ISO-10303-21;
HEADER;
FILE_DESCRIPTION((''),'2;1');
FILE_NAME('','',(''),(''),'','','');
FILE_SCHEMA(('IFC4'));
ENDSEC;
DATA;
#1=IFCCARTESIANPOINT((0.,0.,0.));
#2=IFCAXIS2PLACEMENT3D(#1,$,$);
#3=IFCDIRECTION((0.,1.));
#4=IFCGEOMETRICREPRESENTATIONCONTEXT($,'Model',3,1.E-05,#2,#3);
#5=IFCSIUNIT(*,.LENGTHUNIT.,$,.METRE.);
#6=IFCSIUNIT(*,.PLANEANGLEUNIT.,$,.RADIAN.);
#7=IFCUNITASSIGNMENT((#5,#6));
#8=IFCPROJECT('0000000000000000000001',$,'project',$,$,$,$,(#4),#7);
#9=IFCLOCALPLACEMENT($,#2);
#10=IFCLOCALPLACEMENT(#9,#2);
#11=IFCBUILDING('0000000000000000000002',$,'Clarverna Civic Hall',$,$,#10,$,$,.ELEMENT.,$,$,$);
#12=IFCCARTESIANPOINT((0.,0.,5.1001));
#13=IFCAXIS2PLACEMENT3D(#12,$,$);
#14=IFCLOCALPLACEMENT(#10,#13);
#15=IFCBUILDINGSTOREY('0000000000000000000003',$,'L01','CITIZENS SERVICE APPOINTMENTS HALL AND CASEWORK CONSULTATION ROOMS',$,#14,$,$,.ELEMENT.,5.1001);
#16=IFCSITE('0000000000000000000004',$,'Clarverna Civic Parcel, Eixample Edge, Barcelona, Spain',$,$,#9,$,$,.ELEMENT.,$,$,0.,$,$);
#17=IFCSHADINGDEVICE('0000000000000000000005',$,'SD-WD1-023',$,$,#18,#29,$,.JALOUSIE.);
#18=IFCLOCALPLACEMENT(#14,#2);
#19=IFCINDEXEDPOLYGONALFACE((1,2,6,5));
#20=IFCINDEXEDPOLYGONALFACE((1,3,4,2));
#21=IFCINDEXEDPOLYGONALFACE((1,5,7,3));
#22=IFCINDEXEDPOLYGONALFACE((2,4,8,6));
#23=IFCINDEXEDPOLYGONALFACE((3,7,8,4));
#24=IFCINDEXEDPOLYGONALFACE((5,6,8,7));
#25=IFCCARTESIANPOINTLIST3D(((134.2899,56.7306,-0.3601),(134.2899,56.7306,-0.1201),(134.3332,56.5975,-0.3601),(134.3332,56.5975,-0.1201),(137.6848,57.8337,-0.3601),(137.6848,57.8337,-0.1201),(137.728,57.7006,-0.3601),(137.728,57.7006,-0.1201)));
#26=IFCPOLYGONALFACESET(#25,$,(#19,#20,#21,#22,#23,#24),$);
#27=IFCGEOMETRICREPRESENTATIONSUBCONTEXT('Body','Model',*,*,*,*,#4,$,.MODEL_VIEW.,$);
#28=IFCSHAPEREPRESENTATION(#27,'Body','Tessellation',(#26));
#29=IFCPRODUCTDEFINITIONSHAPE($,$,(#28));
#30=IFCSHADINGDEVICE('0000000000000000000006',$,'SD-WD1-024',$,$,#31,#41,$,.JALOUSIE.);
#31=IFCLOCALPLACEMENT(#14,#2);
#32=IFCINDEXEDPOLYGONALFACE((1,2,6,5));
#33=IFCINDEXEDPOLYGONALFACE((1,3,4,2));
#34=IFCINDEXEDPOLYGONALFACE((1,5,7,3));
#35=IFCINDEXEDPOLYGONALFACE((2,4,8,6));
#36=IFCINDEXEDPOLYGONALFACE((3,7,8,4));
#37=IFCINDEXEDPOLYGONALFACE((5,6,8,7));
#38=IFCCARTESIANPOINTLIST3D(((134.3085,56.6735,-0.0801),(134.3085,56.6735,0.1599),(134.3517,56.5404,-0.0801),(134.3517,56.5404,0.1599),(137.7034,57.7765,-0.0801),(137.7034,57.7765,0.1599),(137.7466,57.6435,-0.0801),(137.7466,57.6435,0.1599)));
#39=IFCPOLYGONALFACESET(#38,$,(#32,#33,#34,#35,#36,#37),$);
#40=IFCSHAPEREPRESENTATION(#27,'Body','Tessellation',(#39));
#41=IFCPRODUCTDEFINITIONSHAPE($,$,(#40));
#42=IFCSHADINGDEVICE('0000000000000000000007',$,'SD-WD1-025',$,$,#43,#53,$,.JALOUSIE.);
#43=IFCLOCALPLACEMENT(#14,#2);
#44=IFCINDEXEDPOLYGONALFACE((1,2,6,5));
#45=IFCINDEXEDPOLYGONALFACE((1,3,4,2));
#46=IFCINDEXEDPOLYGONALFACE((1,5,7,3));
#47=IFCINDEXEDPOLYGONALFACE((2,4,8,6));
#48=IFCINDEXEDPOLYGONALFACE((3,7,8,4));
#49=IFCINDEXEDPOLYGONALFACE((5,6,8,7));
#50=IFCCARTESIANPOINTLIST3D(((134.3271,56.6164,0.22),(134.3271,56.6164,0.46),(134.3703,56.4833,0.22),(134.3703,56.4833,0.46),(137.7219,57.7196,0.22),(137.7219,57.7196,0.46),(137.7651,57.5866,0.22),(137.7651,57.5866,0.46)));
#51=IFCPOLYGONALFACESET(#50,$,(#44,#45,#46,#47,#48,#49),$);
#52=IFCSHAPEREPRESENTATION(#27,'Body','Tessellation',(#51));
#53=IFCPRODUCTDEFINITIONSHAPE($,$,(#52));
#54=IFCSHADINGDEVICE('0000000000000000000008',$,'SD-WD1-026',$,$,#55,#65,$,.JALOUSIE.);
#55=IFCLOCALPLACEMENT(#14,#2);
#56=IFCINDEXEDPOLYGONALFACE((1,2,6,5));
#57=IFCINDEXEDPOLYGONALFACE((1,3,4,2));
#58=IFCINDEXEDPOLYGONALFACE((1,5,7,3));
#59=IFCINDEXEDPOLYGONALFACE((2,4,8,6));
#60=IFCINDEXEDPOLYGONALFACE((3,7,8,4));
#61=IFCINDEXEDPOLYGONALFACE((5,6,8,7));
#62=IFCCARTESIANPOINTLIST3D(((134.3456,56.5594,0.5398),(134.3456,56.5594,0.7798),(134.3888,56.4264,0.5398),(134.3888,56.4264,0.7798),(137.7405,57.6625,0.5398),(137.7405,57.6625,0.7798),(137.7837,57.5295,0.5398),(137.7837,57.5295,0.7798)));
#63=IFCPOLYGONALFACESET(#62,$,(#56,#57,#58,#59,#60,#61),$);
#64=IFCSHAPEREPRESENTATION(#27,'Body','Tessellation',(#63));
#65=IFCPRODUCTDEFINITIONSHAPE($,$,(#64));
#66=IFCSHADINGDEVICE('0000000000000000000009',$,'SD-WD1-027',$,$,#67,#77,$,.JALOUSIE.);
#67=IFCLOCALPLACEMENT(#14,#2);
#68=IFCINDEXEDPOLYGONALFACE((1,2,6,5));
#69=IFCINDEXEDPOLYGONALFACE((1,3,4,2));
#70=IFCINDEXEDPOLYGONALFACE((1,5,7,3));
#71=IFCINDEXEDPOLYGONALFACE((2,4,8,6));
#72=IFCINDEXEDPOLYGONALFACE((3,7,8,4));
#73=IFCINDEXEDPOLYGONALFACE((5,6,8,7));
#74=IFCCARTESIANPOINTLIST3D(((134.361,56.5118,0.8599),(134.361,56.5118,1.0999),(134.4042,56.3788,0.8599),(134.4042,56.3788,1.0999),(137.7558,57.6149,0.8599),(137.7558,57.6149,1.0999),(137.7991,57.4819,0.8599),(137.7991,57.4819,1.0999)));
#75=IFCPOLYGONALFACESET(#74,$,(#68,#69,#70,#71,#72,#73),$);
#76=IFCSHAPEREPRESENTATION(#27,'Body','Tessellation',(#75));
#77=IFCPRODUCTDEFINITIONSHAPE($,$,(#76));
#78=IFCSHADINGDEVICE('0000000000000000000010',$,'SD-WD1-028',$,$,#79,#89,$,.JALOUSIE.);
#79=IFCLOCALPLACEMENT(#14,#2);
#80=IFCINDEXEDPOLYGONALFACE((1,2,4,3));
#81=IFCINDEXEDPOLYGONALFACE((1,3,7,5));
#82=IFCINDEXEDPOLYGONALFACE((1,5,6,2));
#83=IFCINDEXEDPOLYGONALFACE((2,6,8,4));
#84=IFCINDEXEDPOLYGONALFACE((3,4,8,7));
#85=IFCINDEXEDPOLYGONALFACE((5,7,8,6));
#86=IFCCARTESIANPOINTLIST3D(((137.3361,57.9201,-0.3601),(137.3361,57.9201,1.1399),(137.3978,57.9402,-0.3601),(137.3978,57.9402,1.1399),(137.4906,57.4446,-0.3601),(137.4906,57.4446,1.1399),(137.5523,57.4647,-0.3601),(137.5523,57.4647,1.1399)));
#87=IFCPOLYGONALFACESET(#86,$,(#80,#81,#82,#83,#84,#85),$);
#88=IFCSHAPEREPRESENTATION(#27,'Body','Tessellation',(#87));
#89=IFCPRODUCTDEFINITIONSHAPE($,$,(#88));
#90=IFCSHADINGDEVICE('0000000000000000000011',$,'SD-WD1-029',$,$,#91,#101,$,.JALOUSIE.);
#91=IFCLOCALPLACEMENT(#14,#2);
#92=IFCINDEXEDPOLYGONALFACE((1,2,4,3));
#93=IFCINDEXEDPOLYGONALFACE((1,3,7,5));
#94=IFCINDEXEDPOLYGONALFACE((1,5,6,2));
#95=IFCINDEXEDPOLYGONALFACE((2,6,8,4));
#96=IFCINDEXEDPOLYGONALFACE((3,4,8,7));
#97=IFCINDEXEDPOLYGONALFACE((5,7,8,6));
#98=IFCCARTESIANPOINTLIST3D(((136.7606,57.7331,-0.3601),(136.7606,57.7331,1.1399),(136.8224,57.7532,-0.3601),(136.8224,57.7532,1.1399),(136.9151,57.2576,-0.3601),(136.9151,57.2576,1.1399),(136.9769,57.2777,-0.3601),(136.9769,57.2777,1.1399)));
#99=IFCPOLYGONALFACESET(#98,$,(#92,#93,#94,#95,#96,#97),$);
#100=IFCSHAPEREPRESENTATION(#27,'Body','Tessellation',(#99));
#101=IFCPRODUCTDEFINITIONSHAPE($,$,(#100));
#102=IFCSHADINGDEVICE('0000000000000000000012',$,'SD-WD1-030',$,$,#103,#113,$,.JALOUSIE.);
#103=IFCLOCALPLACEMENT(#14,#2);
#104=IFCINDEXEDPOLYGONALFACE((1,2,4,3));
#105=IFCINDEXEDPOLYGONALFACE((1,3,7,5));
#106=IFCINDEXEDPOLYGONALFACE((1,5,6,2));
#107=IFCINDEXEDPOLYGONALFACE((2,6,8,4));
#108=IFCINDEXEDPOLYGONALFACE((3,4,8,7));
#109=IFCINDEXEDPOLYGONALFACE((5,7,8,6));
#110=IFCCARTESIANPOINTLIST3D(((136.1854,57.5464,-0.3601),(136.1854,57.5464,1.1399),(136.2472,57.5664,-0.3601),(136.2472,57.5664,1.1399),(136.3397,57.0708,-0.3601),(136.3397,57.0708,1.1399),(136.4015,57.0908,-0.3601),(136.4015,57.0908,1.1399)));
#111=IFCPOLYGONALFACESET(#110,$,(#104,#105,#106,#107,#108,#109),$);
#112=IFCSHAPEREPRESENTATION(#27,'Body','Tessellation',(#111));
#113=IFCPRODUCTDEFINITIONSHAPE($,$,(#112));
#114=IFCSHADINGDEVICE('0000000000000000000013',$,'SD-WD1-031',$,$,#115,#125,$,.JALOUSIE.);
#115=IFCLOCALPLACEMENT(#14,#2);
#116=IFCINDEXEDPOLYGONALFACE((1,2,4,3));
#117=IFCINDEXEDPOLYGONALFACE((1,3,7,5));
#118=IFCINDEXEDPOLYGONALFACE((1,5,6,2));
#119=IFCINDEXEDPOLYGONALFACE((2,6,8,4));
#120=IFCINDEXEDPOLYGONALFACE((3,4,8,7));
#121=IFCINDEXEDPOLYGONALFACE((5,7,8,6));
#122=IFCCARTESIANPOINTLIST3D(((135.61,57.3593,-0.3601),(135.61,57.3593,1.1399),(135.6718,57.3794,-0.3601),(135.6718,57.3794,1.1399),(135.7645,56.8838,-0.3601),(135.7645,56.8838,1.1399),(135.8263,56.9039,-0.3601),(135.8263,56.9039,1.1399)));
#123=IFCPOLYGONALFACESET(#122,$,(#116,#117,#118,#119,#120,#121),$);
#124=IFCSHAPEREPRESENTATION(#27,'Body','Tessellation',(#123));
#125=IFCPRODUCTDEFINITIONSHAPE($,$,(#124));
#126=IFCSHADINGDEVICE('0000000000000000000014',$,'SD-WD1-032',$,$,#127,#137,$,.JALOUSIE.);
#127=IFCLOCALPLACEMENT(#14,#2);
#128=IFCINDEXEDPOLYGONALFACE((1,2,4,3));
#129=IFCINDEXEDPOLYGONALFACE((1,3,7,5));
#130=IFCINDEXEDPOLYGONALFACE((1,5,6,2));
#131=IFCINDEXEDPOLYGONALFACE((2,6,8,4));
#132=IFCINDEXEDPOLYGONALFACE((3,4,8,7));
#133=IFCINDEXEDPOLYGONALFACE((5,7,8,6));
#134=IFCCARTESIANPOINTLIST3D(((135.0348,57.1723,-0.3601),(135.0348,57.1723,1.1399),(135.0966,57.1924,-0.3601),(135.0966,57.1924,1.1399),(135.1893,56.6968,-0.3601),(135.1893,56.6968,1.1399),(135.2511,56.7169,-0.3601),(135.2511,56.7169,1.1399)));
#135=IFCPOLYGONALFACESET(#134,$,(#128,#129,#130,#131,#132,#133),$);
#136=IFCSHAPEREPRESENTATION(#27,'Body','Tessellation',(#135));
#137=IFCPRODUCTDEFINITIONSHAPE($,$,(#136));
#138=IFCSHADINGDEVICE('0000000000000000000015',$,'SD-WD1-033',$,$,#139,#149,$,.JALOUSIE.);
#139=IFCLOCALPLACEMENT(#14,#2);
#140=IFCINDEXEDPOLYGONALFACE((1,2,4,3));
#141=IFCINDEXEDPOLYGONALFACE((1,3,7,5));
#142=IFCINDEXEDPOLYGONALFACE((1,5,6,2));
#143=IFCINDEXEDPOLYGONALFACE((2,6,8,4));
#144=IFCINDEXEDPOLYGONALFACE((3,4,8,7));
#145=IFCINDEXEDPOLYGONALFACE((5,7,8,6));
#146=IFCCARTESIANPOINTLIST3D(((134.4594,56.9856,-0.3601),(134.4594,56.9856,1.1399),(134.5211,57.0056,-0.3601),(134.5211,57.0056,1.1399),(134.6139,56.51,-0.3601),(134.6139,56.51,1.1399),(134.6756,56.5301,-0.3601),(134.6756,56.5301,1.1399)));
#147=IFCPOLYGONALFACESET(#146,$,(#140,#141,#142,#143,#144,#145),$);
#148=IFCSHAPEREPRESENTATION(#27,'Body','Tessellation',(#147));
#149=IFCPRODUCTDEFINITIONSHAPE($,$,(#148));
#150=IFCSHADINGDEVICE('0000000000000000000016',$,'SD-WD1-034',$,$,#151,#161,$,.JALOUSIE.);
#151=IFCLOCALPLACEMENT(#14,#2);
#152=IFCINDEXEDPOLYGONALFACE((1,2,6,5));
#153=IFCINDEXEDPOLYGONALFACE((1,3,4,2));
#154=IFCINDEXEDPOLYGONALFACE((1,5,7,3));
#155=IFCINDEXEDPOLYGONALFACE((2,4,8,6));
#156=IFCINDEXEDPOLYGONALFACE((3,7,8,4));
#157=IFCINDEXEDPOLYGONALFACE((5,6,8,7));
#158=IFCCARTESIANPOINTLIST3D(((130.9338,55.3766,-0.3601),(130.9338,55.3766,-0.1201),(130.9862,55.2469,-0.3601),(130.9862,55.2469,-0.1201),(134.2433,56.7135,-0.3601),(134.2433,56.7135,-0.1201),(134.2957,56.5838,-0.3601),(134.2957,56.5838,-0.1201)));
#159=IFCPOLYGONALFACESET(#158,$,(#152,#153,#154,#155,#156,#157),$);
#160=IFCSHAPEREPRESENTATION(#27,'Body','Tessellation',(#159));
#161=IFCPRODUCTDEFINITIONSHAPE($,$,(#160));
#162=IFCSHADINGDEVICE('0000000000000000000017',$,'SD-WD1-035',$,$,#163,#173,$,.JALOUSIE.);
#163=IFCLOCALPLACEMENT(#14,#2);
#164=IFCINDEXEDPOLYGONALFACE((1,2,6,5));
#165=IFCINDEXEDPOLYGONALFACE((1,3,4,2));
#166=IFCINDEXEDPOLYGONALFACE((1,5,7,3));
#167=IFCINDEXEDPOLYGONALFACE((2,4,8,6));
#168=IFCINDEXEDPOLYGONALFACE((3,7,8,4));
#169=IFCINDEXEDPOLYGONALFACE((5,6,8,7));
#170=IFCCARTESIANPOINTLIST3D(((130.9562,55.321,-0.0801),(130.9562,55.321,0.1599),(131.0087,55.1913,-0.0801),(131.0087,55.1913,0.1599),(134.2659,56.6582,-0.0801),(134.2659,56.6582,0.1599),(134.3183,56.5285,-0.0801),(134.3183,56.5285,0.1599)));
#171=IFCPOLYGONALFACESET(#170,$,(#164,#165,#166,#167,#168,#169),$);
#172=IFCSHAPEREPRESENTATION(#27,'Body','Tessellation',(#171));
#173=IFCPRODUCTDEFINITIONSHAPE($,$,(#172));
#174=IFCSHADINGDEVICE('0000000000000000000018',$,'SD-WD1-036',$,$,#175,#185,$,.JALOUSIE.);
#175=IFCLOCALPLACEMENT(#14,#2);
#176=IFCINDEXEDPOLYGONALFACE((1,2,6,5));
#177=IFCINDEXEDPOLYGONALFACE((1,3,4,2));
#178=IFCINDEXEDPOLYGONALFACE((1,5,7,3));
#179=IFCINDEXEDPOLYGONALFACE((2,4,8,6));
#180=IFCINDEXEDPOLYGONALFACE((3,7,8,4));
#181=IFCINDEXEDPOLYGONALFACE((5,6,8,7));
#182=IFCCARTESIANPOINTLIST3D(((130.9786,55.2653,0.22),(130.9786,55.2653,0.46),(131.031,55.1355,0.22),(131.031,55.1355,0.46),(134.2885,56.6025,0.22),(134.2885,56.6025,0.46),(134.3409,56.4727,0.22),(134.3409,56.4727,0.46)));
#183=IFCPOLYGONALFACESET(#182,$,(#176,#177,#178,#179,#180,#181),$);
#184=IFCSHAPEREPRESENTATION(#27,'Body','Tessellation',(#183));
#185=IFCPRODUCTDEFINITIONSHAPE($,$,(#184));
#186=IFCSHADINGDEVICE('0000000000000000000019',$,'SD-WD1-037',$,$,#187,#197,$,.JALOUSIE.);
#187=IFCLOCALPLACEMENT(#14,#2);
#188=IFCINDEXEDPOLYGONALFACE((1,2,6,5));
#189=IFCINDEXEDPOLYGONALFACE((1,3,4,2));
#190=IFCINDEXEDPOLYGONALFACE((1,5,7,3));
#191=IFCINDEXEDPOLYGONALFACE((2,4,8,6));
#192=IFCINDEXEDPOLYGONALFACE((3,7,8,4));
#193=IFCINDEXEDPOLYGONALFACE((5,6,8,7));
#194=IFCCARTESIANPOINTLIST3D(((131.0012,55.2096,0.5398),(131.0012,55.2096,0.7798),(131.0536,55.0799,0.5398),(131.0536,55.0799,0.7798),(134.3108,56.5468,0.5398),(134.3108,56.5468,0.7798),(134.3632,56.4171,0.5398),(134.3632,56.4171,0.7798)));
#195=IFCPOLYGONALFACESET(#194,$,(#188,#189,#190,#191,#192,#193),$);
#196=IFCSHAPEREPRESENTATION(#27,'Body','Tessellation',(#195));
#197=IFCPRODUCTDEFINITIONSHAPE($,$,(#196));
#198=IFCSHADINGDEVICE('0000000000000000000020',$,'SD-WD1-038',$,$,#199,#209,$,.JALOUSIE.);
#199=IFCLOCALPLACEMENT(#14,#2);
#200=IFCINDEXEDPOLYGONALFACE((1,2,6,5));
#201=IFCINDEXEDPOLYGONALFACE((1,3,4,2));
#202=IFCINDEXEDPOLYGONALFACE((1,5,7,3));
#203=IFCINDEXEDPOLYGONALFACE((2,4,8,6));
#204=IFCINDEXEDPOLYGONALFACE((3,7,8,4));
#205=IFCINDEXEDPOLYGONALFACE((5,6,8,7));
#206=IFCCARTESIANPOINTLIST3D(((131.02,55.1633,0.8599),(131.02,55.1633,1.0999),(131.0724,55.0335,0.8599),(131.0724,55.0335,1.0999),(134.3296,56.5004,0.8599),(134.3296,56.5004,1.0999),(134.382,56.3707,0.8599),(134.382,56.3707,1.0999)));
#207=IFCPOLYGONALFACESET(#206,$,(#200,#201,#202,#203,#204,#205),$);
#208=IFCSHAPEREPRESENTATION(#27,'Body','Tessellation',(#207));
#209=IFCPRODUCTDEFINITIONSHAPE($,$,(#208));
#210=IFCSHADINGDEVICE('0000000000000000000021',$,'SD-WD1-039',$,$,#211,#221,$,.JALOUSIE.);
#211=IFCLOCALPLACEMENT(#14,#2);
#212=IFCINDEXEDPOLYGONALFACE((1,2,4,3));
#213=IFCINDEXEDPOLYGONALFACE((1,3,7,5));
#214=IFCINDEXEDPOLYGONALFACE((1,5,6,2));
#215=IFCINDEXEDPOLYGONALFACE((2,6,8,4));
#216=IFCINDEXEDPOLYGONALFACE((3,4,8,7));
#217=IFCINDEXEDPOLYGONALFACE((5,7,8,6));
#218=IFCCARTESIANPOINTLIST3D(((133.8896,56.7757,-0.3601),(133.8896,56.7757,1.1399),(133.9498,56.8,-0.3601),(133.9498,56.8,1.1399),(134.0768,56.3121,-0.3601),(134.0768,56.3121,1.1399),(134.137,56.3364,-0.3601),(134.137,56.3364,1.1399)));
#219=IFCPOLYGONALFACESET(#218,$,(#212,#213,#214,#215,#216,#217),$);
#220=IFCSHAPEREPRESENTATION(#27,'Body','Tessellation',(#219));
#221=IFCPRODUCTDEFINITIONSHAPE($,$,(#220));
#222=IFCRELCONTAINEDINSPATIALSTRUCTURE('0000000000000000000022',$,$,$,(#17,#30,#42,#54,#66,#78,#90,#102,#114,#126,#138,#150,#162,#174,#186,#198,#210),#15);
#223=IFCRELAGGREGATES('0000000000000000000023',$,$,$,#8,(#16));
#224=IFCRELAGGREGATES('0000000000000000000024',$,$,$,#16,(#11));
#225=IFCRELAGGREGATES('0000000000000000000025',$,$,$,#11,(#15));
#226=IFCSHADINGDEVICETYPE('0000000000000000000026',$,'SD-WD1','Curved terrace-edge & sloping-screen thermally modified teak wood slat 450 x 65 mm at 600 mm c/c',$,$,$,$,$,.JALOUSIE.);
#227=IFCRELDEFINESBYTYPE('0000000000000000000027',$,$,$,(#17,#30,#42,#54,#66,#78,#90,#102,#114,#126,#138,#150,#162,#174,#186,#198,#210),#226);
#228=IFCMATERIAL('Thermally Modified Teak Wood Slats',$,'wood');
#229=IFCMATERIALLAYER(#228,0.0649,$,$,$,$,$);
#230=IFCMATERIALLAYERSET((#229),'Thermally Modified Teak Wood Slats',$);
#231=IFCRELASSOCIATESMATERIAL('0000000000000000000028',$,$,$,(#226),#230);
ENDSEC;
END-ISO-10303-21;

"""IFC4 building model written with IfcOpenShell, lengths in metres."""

from ifc_helpers import new_model, si_unit, direction, frame, frame_2d, origin, place, context, subcontext, project, spatial, rectangle, extrude, material, layer, layer_set, type_object, element, save


model = new_model("IFC4")

# Units and contexts
model_context = context("Model", 3, precision=1e-05, world=origin(), true_north=direction((0.0, 1.0)))
body_context = subcontext(model_context, "Body", "Model", "MODEL_VIEW")
ifc_project = project(units=[si_unit("LENGTHUNIT", "METRE"), si_unit("PLANEANGLEUNIT", "RADIAN")], contexts=[model_context])

# Site, building, storey
site_placement = place(None, origin())
site = spatial("IfcSite", under=ifc_project, at=site_placement, Name="Clarverna Civic Parcel, Eixample Edge, Barcelona, Spain", CompositionType="ELEMENT", RefElevation=0.0)
building_placement = place(site_placement, origin())
building = spatial("IfcBuilding", under=site, at=building_placement, Name="Clarverna Civic Hall", CompositionType="ELEMENT")
storey_placement = place(building_placement, frame((0.0, 0.0, 5.1001)))
storey = spatial("IfcBuildingStorey", under=building, at=storey_placement, Name="L01", Description="CITIZENS SERVICE APPOINTMENTS HALL AND CASEWORK CONSULTATION ROOMS", CompositionType="ELEMENT", Elevation=5.1001)

# Shading devices
ifc_material_1 = material(Name="Thermally Modified Teak Wood Slats", Category="wood")
ifc_layer_1 = layer(ifc_material_1, 0.0649)
ifc_layer_set_1 = layer_set([ifc_layer_1], Name="Thermally Modified Teak Wood Slats")
shading_device_type = type_object("IfcShadingDeviceType", Name="SD-WD1", Description="Curved terrace-edge & sloping-screen thermally modified teak wood slat 450 x 65 mm at 600 mm c/c", PredefinedType="JALOUSIE", material=ifc_layer_set_1)
for number, where, z_axis, x_axis, name in (
    (1, (137.7063, 57.7671, -0.3601), (0.0, 0.0, 1.0), (-0.951057, -0.309016, 0.0), "SD-WD1-023"),
    (2, (137.7249, 57.71, -0.0801), (0.0, 0.0, 1.0), (-0.951057, -0.309016, 0.0), "SD-WD1-024"),
    (3, (137.7434, 57.6531, 0.22), (0.0, 0.0, 1.0), (-0.951037, -0.309078, 0.0), "SD-WD1-025"),
    (4, (137.762, 57.5959, 0.5398), (0.0, 0.0, 1.0), (-0.951057, -0.309016, 0.0), "SD-WD1-026"),
    (5, (137.7773, 57.5483, 0.8599), (0.0, 0.0, 1.0), (-0.951057, -0.309016, 0.0), "SD-WD1-027"),
):
    element("IfcShadingDevice", number, at=place(storey_placement, frame(where, z_axis=z_axis, x_axis=x_axis)), inside=storey, type_object=shading_device_type, Name=name, PredefinedType="JALOUSIE", context=body_context, shape_type="SweptSolid", body=[
        extrude(rectangle(XDim=3.5696, YDim=0.1399, at=frame_2d((1.7847, 0.0))), origin(), (0.0, 0.0, 1.0), 0.24),
    ])
for number, where, z_axis, x_axis, name in (
    (6, (137.3669, 57.9302, -0.3601), (0.0, 0.0, 1.0), (0.309042, -0.951048, 0.0), "SD-WD1-028"),
    (7, (136.7915, 57.7432, -0.3601), (0.0, 0.0, 1.0), (0.309042, -0.951048, 0.0), "SD-WD1-029"),
    (8, (136.2163, 57.5564, -0.3601), (0.0, 0.0, 1.0), (0.3086, -0.951192, 0.0), "SD-WD1-030"),
    (9, (135.6409, 57.3694, -0.3601), (0.0, 0.0, 1.0), (0.309042, -0.951048, 0.0), "SD-WD1-031"),
    (10, (135.0657, 57.1824, -0.3601), (0.0, 0.0, 1.0), (0.309042, -0.951048, 0.0), "SD-WD1-032"),
    (11, (134.4902, 56.9956, -0.3601), (0.0, 0.0, 1.0), (0.309042, -0.951048, 0.0), "SD-WD1-033"),
):
    element("IfcShadingDevice", number, at=place(storey_placement, frame(where, z_axis=z_axis, x_axis=x_axis)), inside=storey, type_object=shading_device_type, Name=name, PredefinedType="JALOUSIE", context=body_context, shape_type="SweptSolid", body=[
        extrude(rectangle(XDim=0.5, YDim=0.0649, at=frame_2d((0.25, 0.0))), origin(), (0.0, 0.0, 1.0), 1.5),
    ])
shading_device_1_placement = place(storey_placement, frame((134.2695, 56.6487, -0.3601), z_axis=(0.0, 0.0, 1.0), x_axis=(-0.927207, -0.374549, 0.0)))
element("IfcShadingDevice", 12, at=shading_device_1_placement, inside=storey, type_object=shading_device_type, Name="SD-WD1-034", PredefinedType="JALOUSIE", context=body_context, shape_type="SweptSolid", body=[
    extrude(rectangle(XDim=3.5693, YDim=0.1399, at=frame_2d((1.7847, 0.0))), origin(), (0.0, 0.0, 1.0), 0.24),
])
shading_device_2_placement = place(storey_placement, frame((134.292, 56.5933, -0.0801), z_axis=(0.0, 0.0, 1.0), x_axis=(-0.927183, -0.374608, 0.0)))
element("IfcShadingDevice", 13, at=shading_device_2_placement, inside=storey, type_object=shading_device_type, Name="SD-WD1-035", PredefinedType="JALOUSIE", context=body_context, shape_type="SweptSolid", body=[
    extrude(rectangle(XDim=3.5696, YDim=0.1399, at=frame_2d((1.7847, 0.0))), origin(), (0.0, 0.0, 1.0), 0.24),
])
shading_device_3_placement = place(storey_placement, frame((134.3147, 56.5376, 0.22), z_axis=(0.0, 0.0, 1.0), x_axis=(-0.927193, -0.374584, 0.0)))
element("IfcShadingDevice", 14, at=shading_device_3_placement, inside=storey, type_object=shading_device_type, Name="SD-WD1-036", PredefinedType="JALOUSIE", context=body_context, shape_type="SweptSolid", body=[
    extrude(rectangle(XDim=3.5698, YDim=0.1399, at=frame_2d((1.7849, 0.0))), origin(), (0.0, 0.0, 1.0), 0.24),
])
for number, where, z_axis, x_axis, name in (
    (15, (134.3369, 56.4819, 0.5398), (0.0, 0.0, 1.0), (-0.927183, -0.374608, 0.0), "SD-WD1-037"),
    (16, (134.3557, 56.4355, 0.8599), (0.0, 0.0, 1.0), (-0.927183, -0.374608, 0.0), "SD-WD1-038"),
):
    element("IfcShadingDevice", number, at=place(storey_placement, frame(where, z_axis=z_axis, x_axis=x_axis)), inside=storey, type_object=shading_device_type, Name=name, PredefinedType="JALOUSIE", context=body_context, shape_type="SweptSolid", body=[
        extrude(rectangle(XDim=3.5696, YDim=0.1399, at=frame_2d((1.7847, 0.0))), origin(), (0.0, 0.0, 1.0), 0.24),
    ])
shading_device_4_placement = place(storey_placement, frame((133.9197, 56.7878, -0.3601), z_axis=(0.0, 0.0, 1.0), x_axis=(0.374503, -0.927226, 0.0)))
element("IfcShadingDevice", 17, at=shading_device_4_placement, inside=storey, type_object=shading_device_type, Name="SD-WD1-039", PredefinedType="JALOUSIE", context=body_context, shape_type="SweptSolid", body=[
    extrude(rectangle(XDim=0.5, YDim=0.0649, at=frame_2d((0.25, 0.0))), origin(), (0.0, 0.0, 1.0), 1.5),
])

save(model, "model.ifc")
